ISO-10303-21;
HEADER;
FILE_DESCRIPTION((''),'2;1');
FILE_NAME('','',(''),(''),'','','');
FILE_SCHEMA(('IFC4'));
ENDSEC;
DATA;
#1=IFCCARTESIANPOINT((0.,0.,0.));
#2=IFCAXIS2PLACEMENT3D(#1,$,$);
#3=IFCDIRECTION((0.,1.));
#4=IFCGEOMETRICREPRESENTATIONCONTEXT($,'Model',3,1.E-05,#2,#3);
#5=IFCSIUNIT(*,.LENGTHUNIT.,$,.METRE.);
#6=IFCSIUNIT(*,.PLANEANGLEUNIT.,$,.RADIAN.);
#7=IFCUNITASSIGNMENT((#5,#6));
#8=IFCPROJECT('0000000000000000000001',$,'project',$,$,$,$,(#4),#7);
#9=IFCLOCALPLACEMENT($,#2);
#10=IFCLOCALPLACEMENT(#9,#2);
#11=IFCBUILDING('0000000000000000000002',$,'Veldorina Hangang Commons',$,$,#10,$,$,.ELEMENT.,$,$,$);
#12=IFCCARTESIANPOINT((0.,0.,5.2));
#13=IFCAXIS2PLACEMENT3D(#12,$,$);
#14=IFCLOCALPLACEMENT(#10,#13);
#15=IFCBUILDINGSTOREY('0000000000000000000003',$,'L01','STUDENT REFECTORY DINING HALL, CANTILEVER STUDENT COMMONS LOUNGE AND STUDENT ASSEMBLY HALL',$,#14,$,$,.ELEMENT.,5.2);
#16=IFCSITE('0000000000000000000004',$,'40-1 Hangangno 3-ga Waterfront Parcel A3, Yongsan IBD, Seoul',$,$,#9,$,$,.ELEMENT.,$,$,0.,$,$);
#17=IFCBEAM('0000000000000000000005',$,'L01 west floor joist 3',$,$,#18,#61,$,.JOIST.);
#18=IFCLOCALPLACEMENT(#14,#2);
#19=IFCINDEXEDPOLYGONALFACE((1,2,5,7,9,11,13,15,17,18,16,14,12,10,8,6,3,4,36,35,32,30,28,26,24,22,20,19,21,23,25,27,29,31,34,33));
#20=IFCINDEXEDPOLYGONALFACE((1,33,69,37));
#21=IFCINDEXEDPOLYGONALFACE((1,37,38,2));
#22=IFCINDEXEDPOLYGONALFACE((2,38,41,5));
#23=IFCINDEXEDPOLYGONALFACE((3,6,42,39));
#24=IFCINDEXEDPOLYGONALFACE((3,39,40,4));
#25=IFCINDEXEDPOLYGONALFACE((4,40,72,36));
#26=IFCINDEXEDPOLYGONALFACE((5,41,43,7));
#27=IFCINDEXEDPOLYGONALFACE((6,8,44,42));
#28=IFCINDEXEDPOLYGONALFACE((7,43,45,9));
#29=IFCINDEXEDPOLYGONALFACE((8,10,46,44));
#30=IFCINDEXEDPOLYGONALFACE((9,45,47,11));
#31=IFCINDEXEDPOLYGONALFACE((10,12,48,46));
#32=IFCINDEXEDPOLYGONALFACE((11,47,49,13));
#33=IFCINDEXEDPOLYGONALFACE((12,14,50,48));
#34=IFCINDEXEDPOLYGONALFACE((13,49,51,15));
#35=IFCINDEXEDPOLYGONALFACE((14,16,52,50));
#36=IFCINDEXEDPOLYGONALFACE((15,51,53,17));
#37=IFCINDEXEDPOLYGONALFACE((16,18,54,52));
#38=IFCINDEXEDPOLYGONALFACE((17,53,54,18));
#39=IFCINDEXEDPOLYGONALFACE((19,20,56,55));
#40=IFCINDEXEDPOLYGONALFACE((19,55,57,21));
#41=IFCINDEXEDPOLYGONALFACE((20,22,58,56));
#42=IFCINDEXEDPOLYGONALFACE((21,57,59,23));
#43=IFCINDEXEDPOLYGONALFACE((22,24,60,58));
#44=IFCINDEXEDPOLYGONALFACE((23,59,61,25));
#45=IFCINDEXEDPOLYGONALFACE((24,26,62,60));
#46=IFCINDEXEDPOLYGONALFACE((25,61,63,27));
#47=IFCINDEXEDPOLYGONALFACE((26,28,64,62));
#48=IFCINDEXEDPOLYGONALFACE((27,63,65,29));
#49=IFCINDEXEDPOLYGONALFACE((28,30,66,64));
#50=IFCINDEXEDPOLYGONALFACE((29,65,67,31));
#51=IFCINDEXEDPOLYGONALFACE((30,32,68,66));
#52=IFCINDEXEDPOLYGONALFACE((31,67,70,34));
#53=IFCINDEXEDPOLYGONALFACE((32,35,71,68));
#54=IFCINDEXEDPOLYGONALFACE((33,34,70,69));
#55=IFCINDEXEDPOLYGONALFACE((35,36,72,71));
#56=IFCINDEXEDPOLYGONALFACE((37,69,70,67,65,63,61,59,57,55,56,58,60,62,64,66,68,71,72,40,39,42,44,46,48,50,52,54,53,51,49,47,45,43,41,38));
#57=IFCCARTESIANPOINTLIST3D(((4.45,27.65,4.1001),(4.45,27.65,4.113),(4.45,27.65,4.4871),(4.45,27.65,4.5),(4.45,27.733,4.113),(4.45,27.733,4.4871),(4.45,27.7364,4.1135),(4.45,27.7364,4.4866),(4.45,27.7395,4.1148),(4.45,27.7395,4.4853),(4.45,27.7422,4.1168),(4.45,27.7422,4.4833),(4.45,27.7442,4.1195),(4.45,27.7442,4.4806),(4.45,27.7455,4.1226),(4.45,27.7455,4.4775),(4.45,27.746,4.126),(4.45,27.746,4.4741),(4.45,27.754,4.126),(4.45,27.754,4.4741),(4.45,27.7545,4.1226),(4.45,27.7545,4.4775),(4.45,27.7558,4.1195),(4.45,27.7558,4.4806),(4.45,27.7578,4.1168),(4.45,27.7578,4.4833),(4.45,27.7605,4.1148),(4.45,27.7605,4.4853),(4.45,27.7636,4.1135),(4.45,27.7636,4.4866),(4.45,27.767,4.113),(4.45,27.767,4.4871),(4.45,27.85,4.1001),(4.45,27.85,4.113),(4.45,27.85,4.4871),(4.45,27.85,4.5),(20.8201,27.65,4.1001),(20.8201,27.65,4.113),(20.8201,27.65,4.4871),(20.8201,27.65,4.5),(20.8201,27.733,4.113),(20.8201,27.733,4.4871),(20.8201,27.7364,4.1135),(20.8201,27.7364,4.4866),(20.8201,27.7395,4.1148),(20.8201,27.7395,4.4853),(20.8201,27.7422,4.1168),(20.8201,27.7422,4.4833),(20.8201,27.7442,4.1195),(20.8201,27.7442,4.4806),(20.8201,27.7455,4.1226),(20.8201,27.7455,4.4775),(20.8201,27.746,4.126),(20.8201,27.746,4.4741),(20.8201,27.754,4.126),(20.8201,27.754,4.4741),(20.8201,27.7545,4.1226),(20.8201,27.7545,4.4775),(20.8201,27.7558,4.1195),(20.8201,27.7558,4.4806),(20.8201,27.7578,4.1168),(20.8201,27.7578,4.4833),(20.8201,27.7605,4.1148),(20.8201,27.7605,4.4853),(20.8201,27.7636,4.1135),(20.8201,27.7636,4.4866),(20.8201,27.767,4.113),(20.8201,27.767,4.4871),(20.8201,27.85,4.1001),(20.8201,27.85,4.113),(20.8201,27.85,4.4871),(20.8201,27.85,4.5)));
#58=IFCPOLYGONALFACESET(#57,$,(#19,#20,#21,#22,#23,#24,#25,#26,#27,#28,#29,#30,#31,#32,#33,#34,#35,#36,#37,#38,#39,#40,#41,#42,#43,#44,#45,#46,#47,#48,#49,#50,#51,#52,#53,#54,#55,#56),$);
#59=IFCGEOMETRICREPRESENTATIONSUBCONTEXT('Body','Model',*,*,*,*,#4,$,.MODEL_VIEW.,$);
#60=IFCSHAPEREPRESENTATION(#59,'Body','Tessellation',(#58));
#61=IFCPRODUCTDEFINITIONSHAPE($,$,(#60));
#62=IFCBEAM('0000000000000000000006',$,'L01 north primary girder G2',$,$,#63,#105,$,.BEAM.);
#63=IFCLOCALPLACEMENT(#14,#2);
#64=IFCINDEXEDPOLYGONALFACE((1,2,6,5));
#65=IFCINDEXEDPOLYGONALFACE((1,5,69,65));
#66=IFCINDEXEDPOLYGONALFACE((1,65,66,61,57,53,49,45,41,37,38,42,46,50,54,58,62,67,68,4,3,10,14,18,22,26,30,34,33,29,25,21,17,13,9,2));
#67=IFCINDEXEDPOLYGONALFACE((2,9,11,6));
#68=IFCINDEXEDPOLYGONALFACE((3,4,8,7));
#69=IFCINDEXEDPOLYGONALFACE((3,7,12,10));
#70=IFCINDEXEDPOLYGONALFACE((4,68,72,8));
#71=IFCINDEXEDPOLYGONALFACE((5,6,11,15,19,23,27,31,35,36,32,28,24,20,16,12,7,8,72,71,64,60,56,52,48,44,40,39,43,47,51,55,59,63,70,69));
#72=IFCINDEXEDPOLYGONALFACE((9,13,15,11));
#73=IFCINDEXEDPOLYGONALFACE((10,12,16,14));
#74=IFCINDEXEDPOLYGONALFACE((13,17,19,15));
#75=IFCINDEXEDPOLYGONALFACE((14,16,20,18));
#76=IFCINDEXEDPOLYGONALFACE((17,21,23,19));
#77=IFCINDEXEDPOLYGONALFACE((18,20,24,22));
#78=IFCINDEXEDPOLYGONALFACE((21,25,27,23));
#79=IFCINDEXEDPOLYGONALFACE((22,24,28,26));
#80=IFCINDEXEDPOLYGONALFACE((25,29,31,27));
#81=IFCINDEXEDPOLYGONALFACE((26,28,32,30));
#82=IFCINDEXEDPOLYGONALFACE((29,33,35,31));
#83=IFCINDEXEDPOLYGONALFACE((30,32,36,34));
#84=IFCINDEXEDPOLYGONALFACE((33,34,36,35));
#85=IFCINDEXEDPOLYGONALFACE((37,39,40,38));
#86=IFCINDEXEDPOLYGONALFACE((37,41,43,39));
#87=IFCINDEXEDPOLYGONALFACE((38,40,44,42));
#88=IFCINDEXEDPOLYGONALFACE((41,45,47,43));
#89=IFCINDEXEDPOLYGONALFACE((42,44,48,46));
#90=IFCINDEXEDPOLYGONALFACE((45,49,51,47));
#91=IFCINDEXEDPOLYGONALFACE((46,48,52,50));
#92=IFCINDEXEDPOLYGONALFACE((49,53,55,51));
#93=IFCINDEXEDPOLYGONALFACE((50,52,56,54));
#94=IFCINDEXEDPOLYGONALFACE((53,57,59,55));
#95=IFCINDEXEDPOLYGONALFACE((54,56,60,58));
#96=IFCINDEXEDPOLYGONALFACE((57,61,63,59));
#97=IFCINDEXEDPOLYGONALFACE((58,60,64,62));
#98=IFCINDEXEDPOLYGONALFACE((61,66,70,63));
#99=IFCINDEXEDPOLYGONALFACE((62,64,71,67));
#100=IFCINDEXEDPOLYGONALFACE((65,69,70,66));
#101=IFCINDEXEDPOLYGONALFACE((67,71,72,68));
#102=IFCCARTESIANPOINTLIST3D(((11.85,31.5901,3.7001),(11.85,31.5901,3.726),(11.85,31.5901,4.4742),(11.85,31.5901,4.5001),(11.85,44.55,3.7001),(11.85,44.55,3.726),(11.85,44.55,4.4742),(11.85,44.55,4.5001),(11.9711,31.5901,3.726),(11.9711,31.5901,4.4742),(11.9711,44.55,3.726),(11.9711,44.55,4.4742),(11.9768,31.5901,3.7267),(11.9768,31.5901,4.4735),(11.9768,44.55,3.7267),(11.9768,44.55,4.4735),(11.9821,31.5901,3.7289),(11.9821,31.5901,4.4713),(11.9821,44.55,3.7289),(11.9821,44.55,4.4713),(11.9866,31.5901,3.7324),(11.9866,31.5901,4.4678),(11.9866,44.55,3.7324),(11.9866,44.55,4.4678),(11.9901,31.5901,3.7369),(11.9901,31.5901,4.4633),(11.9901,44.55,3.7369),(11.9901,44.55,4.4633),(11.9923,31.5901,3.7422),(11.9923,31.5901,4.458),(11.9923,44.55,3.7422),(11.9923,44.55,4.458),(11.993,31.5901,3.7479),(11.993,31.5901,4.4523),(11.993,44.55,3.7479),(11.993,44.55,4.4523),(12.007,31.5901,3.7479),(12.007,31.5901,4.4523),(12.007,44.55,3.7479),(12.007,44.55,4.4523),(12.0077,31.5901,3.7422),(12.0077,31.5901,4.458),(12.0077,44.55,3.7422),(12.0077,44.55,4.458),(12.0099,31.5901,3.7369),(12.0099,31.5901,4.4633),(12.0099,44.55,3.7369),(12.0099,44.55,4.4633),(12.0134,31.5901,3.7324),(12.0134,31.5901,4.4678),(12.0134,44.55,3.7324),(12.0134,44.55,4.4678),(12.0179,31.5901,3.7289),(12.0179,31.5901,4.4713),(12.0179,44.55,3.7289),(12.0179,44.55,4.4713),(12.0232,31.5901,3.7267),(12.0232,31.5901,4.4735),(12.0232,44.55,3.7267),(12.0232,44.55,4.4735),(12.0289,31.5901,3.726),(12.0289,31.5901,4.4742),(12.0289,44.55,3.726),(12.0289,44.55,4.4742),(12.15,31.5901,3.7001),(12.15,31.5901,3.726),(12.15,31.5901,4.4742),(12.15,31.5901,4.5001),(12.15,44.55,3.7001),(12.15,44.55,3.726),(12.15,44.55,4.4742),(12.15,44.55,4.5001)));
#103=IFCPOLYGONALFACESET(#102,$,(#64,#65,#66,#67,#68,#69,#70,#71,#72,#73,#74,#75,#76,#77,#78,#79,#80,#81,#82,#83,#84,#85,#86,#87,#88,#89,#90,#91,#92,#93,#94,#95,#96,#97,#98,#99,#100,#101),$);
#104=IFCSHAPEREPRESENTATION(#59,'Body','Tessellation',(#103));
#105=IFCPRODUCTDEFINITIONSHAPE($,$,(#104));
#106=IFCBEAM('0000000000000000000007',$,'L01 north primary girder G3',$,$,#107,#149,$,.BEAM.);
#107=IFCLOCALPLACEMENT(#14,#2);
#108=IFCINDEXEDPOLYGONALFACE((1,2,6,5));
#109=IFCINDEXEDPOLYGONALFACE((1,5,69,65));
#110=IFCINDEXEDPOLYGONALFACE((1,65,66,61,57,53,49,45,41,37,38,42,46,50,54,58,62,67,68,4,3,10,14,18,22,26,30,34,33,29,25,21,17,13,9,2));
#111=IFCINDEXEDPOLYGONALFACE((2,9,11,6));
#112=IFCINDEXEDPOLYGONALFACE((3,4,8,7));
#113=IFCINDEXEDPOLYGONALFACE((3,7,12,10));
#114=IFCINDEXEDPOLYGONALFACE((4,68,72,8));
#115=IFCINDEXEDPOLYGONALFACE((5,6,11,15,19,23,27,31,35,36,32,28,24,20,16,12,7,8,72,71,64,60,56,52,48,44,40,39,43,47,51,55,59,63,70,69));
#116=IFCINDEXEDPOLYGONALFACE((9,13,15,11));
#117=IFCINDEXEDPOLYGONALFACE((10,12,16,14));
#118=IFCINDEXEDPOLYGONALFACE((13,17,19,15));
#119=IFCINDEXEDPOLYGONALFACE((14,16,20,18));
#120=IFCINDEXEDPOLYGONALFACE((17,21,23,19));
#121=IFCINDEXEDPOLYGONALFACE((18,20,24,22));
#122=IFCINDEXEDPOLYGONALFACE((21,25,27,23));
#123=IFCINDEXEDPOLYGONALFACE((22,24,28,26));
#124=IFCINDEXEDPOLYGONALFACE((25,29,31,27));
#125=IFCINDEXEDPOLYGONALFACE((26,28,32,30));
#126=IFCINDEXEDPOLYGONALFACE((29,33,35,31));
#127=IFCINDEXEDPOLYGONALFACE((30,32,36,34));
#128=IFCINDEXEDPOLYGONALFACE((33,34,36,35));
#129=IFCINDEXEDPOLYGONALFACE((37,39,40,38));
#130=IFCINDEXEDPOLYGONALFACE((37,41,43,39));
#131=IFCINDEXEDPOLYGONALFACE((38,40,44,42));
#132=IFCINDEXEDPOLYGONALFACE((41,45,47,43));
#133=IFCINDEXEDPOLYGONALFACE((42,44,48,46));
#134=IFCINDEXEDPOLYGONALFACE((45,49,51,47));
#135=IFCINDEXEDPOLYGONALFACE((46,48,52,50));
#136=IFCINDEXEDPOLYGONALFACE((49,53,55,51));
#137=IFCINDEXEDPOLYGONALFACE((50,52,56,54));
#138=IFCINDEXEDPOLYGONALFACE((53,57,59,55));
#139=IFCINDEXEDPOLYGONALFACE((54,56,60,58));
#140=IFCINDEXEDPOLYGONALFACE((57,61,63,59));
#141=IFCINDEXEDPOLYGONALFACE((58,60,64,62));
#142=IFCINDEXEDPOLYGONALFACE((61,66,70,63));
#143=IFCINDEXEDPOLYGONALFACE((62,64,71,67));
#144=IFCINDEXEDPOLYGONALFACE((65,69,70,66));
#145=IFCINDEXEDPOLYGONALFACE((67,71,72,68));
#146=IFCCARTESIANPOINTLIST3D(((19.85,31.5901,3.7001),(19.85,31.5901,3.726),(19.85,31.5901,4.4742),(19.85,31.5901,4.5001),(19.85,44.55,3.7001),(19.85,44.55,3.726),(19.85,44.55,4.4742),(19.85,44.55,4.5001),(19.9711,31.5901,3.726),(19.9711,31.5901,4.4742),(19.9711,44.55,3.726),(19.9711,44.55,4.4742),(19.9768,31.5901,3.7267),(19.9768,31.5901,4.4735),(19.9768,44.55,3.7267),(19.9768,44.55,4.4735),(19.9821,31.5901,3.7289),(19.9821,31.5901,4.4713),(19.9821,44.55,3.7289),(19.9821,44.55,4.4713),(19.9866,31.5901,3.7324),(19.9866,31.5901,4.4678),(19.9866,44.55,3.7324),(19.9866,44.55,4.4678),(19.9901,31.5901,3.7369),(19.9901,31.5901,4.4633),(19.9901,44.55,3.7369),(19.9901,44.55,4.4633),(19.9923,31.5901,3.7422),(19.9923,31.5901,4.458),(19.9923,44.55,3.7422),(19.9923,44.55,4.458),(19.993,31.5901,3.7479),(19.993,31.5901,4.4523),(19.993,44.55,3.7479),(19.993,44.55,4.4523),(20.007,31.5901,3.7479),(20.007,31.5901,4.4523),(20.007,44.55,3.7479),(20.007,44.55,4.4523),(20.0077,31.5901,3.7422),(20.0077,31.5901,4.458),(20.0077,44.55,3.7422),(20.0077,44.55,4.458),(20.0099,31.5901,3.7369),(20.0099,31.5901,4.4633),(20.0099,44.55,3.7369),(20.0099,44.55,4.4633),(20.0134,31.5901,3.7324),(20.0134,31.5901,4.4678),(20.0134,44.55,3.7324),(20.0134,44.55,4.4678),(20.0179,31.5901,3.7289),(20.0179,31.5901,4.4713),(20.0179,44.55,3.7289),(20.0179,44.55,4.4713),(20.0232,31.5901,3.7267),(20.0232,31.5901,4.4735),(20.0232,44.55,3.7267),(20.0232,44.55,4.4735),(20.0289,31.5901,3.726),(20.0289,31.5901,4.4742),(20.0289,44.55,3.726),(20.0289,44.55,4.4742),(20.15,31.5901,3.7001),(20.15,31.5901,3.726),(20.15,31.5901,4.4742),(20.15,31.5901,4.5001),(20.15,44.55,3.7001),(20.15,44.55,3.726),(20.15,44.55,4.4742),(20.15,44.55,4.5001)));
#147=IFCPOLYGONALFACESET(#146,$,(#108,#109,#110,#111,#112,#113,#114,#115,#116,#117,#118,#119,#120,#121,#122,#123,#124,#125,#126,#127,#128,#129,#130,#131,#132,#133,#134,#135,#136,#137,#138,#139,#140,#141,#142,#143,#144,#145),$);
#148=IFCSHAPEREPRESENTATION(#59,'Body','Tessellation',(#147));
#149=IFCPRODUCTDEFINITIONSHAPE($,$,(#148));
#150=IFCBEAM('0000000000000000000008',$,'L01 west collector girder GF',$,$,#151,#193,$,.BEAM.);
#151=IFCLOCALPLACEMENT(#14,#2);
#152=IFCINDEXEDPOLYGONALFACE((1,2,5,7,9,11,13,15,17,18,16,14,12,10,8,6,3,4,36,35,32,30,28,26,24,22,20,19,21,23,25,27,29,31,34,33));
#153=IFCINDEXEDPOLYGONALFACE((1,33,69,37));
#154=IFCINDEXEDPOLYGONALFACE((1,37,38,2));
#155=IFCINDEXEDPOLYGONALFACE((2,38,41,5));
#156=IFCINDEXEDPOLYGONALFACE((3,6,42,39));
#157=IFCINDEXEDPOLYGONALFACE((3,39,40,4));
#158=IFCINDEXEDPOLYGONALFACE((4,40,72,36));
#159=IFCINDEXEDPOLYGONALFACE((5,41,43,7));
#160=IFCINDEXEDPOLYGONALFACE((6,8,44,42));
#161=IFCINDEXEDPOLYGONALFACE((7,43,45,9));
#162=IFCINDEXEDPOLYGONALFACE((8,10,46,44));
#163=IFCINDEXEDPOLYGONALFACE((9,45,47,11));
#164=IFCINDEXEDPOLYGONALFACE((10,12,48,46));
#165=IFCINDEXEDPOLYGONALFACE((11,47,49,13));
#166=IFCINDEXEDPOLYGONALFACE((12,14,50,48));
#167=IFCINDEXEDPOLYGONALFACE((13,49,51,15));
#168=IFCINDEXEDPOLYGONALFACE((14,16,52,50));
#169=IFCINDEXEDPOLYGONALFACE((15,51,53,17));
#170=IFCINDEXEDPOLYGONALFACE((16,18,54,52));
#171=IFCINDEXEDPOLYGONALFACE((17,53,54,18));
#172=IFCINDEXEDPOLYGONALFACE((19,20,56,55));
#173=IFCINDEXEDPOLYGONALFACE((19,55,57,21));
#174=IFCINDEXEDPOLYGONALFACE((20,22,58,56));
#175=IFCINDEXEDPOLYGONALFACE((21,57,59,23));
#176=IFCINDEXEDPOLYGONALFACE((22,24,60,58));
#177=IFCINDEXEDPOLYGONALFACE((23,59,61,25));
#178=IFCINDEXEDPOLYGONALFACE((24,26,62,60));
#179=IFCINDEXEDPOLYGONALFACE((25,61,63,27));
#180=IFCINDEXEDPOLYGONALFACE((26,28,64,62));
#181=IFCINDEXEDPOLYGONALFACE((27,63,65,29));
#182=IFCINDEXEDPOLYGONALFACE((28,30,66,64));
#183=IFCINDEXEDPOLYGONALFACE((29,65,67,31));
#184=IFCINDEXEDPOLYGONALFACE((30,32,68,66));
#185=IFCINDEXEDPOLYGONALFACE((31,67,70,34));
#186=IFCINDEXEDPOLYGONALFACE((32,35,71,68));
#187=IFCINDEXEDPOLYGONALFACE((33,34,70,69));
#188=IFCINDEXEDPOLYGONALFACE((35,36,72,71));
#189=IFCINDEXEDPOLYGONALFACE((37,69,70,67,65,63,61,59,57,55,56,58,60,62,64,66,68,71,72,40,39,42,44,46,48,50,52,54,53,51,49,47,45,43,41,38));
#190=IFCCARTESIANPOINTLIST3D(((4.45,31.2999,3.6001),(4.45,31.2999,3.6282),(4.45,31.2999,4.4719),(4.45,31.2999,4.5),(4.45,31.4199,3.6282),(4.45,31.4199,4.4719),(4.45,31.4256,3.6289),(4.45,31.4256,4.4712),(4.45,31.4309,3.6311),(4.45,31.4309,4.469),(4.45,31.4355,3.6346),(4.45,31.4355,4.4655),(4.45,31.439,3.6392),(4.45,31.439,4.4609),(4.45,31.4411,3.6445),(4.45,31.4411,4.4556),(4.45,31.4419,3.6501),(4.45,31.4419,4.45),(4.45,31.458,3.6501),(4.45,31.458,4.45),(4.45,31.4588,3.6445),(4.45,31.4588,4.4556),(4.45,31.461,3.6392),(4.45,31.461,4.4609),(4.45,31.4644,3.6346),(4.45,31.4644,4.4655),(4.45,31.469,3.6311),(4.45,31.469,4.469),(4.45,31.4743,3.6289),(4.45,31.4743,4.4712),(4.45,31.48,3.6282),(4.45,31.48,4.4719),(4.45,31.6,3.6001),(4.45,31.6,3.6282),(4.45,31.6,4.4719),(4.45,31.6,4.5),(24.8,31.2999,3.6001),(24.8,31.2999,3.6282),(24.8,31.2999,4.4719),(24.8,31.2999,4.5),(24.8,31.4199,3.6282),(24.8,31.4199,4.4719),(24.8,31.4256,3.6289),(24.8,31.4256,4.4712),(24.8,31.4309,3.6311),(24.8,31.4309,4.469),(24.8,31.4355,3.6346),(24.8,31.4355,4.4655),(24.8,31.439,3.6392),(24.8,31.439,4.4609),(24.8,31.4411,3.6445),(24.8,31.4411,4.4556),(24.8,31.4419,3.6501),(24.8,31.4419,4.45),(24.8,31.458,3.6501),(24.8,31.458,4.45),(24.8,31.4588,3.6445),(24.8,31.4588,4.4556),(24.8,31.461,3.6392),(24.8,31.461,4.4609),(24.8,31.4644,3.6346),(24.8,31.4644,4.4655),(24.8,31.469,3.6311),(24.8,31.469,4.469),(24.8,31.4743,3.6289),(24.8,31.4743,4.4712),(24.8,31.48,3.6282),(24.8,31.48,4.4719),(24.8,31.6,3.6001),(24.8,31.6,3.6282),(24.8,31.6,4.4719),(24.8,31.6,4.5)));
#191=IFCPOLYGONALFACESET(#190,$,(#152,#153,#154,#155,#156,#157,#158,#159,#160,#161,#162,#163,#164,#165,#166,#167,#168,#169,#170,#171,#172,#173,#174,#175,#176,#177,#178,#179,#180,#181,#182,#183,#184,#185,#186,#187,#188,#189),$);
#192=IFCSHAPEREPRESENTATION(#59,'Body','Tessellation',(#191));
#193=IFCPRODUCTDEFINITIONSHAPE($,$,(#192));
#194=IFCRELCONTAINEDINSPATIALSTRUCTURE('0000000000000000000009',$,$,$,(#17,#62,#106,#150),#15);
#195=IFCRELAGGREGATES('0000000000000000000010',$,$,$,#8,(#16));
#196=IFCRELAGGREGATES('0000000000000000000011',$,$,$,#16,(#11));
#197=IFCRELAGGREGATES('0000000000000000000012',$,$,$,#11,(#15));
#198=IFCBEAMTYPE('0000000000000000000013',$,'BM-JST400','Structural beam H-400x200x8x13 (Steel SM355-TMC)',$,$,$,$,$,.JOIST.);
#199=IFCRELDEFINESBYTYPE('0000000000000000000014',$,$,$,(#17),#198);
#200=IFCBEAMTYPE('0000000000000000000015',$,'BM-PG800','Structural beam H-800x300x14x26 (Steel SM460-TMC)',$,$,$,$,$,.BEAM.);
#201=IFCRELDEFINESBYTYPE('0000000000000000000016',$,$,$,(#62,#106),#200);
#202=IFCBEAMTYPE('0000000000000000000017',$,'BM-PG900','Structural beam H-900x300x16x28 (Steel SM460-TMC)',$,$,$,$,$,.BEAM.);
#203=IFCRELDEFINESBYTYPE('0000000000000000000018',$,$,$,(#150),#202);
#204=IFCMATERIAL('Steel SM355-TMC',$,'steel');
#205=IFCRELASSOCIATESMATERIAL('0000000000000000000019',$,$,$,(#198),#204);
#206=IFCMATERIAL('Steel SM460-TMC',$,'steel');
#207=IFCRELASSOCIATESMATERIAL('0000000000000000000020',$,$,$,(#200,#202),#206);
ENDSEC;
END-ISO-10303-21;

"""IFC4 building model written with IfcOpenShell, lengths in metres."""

from ifc_helpers import new_model, si_unit, direction, frame, origin, origin_2d, place, context, subcontext, project, spatial, i_section, extrude, material, material_profile, profile_set, type_object, element, save


model = new_model("IFC4")

# Units and contexts
model_context = context("Model", 3, precision=1e-05, world=origin(), true_north=direction((0.0, 1.0)))
body_context = subcontext(model_context, "Body", "Model", "MODEL_VIEW")
ifc_project = project(units=[si_unit("LENGTHUNIT", "METRE"), si_unit("PLANEANGLEUNIT", "RADIAN")], contexts=[model_context])

# Site, building, storey
site_placement = place(None, origin())
site = spatial("IfcSite", under=ifc_project, at=site_placement, Name="40-1 Hangangno 3-ga Waterfront Parcel A3, Yongsan IBD, Seoul", CompositionType="ELEMENT", RefElevation=0.0)
building_placement = place(site_placement, origin())
building = spatial("IfcBuilding", under=site, at=building_placement, Name="Veldorina Hangang Commons", CompositionType="ELEMENT")
storey_placement = place(building_placement, frame((0.0, 0.0, 5.2)))
storey = spatial("IfcBuildingStorey", under=building, at=storey_placement, Name="L01", Description="STUDENT REFECTORY DINING HALL, CANTILEVER STUDENT COMMONS LOUNGE AND STUDENT ASSEMBLY HALL", CompositionType="ELEMENT", Elevation=5.2)

# Shared definitions
ifc_material_1 = material(Name="Steel SM460-TMC", Category="steel")

# Beams
ifc_material_2 = material(Name="Steel SM355-TMC", Category="steel")
ifc_material_profile_1 = material_profile(ifc_material_2, i_section(OverallWidth=0.2, OverallDepth=0.3999, WebThickness=0.0081, FlangeThickness=0.0129, FilletRadius=0.0129, at=origin_2d()), Name="H-400x200x8x13")
ifc_profile_set_1 = profile_set([ifc_material_profile_1], Name="Steel SM355-TMC")
beam_type_1 = type_object("IfcBeamType", Name="BM-JST400", Description="Structural beam H-400x200x8x13 (Steel SM355-TMC)", PredefinedType="JOIST", material=ifc_profile_set_1)
for number, where, z_axis, x_axis, name in (
    (1, (4.45, 27.75, 4.3), (1.0, 0.0, 0.0), (0.0, 1.0, 0.0), "L01 west floor joist 3"),
):
    element("IfcBeam", number, at=place(storey_placement, frame(where, z_axis=z_axis, x_axis=x_axis)), inside=storey, type_object=beam_type_1, Name=name, PredefinedType="JOIST", context=body_context, shape_type="SweptSolid", body=[
        extrude(i_section(OverallWidth=0.2, OverallDepth=0.3999, WebThickness=0.0081, FlangeThickness=0.0129, FilletRadius=0.0129, at=origin_2d()), origin(), (0.0, 0.0, 1.0), 16.3701),
    ])
ifc_material_profile_2 = material_profile(ifc_material_1, i_section(OverallWidth=0.3, OverallDepth=0.8, WebThickness=0.0139, FlangeThickness=0.0259, FilletRadius=0.022, at=origin_2d()), Name="H-800x300x14x26")
ifc_profile_set_2 = profile_set([ifc_material_profile_2], Name="Steel SM460-TMC")
beam_type_2 = type_object("IfcBeamType", Name="BM-PG800", Description="Structural beam H-800x300x14x26 (Steel SM460-TMC)", PredefinedType="BEAM", material=ifc_profile_set_2)
for number, where, z_axis, x_axis, name in (
    (2, (12.0, 31.5901, 4.1001), (0.0, 1.0, 0.0), (-1.0, 0.0, 0.0), "L01 north primary girder G2"),
    (3, (20.0, 31.5901, 4.1001), (0.0, 1.0, 0.0), (-1.0, 0.0, 0.0), "L01 north primary girder G3"),
):
    element("IfcBeam", number, at=place(storey_placement, frame(where, z_axis=z_axis, x_axis=x_axis)), inside=storey, type_object=beam_type_2, Name=name, PredefinedType="BEAM", context=body_context, shape_type="SweptSolid", body=[
        extrude(i_section(OverallWidth=0.3, OverallDepth=0.8, WebThickness=0.0139, FlangeThickness=0.0259, FilletRadius=0.022, at=origin_2d()), origin(), (0.0, 0.0, 1.0), 12.96),
    ])
ifc_material_profile_3 = material_profile(ifc_material_1, i_section(OverallWidth=0.3, OverallDepth=0.8999, WebThickness=0.0161, FlangeThickness=0.0281, FilletRadius=0.022, at=origin_2d()), Name="H-900x300x16x28")
ifc_profile_set_3 = profile_set([ifc_material_profile_3], Name="Steel SM460-TMC")
beam_type_3 = type_object("IfcBeamType", Name="BM-PG900", Description="Structural beam H-900x300x16x28 (Steel SM460-TMC)", PredefinedType="BEAM", material=ifc_profile_set_3)
beam_1_placement = place(storey_placement, frame((4.45, 31.45, 4.05), z_axis=(1.0, 0.0, 0.0), x_axis=(0.0, 1.0, 0.0)))
element("IfcBeam", 4, at=beam_1_placement, inside=storey, type_object=beam_type_3, Name="L01 west collector girder GF", PredefinedType="BEAM", context=body_context, shape_type="SweptSolid", body=[
    extrude(i_section(OverallWidth=0.3, OverallDepth=0.8999, WebThickness=0.0161, FlangeThickness=0.0281, FilletRadius=0.022, at=origin_2d()), origin(), (0.0, 0.0, 1.0), 20.3501),
])

save(model, "model.ifc")
